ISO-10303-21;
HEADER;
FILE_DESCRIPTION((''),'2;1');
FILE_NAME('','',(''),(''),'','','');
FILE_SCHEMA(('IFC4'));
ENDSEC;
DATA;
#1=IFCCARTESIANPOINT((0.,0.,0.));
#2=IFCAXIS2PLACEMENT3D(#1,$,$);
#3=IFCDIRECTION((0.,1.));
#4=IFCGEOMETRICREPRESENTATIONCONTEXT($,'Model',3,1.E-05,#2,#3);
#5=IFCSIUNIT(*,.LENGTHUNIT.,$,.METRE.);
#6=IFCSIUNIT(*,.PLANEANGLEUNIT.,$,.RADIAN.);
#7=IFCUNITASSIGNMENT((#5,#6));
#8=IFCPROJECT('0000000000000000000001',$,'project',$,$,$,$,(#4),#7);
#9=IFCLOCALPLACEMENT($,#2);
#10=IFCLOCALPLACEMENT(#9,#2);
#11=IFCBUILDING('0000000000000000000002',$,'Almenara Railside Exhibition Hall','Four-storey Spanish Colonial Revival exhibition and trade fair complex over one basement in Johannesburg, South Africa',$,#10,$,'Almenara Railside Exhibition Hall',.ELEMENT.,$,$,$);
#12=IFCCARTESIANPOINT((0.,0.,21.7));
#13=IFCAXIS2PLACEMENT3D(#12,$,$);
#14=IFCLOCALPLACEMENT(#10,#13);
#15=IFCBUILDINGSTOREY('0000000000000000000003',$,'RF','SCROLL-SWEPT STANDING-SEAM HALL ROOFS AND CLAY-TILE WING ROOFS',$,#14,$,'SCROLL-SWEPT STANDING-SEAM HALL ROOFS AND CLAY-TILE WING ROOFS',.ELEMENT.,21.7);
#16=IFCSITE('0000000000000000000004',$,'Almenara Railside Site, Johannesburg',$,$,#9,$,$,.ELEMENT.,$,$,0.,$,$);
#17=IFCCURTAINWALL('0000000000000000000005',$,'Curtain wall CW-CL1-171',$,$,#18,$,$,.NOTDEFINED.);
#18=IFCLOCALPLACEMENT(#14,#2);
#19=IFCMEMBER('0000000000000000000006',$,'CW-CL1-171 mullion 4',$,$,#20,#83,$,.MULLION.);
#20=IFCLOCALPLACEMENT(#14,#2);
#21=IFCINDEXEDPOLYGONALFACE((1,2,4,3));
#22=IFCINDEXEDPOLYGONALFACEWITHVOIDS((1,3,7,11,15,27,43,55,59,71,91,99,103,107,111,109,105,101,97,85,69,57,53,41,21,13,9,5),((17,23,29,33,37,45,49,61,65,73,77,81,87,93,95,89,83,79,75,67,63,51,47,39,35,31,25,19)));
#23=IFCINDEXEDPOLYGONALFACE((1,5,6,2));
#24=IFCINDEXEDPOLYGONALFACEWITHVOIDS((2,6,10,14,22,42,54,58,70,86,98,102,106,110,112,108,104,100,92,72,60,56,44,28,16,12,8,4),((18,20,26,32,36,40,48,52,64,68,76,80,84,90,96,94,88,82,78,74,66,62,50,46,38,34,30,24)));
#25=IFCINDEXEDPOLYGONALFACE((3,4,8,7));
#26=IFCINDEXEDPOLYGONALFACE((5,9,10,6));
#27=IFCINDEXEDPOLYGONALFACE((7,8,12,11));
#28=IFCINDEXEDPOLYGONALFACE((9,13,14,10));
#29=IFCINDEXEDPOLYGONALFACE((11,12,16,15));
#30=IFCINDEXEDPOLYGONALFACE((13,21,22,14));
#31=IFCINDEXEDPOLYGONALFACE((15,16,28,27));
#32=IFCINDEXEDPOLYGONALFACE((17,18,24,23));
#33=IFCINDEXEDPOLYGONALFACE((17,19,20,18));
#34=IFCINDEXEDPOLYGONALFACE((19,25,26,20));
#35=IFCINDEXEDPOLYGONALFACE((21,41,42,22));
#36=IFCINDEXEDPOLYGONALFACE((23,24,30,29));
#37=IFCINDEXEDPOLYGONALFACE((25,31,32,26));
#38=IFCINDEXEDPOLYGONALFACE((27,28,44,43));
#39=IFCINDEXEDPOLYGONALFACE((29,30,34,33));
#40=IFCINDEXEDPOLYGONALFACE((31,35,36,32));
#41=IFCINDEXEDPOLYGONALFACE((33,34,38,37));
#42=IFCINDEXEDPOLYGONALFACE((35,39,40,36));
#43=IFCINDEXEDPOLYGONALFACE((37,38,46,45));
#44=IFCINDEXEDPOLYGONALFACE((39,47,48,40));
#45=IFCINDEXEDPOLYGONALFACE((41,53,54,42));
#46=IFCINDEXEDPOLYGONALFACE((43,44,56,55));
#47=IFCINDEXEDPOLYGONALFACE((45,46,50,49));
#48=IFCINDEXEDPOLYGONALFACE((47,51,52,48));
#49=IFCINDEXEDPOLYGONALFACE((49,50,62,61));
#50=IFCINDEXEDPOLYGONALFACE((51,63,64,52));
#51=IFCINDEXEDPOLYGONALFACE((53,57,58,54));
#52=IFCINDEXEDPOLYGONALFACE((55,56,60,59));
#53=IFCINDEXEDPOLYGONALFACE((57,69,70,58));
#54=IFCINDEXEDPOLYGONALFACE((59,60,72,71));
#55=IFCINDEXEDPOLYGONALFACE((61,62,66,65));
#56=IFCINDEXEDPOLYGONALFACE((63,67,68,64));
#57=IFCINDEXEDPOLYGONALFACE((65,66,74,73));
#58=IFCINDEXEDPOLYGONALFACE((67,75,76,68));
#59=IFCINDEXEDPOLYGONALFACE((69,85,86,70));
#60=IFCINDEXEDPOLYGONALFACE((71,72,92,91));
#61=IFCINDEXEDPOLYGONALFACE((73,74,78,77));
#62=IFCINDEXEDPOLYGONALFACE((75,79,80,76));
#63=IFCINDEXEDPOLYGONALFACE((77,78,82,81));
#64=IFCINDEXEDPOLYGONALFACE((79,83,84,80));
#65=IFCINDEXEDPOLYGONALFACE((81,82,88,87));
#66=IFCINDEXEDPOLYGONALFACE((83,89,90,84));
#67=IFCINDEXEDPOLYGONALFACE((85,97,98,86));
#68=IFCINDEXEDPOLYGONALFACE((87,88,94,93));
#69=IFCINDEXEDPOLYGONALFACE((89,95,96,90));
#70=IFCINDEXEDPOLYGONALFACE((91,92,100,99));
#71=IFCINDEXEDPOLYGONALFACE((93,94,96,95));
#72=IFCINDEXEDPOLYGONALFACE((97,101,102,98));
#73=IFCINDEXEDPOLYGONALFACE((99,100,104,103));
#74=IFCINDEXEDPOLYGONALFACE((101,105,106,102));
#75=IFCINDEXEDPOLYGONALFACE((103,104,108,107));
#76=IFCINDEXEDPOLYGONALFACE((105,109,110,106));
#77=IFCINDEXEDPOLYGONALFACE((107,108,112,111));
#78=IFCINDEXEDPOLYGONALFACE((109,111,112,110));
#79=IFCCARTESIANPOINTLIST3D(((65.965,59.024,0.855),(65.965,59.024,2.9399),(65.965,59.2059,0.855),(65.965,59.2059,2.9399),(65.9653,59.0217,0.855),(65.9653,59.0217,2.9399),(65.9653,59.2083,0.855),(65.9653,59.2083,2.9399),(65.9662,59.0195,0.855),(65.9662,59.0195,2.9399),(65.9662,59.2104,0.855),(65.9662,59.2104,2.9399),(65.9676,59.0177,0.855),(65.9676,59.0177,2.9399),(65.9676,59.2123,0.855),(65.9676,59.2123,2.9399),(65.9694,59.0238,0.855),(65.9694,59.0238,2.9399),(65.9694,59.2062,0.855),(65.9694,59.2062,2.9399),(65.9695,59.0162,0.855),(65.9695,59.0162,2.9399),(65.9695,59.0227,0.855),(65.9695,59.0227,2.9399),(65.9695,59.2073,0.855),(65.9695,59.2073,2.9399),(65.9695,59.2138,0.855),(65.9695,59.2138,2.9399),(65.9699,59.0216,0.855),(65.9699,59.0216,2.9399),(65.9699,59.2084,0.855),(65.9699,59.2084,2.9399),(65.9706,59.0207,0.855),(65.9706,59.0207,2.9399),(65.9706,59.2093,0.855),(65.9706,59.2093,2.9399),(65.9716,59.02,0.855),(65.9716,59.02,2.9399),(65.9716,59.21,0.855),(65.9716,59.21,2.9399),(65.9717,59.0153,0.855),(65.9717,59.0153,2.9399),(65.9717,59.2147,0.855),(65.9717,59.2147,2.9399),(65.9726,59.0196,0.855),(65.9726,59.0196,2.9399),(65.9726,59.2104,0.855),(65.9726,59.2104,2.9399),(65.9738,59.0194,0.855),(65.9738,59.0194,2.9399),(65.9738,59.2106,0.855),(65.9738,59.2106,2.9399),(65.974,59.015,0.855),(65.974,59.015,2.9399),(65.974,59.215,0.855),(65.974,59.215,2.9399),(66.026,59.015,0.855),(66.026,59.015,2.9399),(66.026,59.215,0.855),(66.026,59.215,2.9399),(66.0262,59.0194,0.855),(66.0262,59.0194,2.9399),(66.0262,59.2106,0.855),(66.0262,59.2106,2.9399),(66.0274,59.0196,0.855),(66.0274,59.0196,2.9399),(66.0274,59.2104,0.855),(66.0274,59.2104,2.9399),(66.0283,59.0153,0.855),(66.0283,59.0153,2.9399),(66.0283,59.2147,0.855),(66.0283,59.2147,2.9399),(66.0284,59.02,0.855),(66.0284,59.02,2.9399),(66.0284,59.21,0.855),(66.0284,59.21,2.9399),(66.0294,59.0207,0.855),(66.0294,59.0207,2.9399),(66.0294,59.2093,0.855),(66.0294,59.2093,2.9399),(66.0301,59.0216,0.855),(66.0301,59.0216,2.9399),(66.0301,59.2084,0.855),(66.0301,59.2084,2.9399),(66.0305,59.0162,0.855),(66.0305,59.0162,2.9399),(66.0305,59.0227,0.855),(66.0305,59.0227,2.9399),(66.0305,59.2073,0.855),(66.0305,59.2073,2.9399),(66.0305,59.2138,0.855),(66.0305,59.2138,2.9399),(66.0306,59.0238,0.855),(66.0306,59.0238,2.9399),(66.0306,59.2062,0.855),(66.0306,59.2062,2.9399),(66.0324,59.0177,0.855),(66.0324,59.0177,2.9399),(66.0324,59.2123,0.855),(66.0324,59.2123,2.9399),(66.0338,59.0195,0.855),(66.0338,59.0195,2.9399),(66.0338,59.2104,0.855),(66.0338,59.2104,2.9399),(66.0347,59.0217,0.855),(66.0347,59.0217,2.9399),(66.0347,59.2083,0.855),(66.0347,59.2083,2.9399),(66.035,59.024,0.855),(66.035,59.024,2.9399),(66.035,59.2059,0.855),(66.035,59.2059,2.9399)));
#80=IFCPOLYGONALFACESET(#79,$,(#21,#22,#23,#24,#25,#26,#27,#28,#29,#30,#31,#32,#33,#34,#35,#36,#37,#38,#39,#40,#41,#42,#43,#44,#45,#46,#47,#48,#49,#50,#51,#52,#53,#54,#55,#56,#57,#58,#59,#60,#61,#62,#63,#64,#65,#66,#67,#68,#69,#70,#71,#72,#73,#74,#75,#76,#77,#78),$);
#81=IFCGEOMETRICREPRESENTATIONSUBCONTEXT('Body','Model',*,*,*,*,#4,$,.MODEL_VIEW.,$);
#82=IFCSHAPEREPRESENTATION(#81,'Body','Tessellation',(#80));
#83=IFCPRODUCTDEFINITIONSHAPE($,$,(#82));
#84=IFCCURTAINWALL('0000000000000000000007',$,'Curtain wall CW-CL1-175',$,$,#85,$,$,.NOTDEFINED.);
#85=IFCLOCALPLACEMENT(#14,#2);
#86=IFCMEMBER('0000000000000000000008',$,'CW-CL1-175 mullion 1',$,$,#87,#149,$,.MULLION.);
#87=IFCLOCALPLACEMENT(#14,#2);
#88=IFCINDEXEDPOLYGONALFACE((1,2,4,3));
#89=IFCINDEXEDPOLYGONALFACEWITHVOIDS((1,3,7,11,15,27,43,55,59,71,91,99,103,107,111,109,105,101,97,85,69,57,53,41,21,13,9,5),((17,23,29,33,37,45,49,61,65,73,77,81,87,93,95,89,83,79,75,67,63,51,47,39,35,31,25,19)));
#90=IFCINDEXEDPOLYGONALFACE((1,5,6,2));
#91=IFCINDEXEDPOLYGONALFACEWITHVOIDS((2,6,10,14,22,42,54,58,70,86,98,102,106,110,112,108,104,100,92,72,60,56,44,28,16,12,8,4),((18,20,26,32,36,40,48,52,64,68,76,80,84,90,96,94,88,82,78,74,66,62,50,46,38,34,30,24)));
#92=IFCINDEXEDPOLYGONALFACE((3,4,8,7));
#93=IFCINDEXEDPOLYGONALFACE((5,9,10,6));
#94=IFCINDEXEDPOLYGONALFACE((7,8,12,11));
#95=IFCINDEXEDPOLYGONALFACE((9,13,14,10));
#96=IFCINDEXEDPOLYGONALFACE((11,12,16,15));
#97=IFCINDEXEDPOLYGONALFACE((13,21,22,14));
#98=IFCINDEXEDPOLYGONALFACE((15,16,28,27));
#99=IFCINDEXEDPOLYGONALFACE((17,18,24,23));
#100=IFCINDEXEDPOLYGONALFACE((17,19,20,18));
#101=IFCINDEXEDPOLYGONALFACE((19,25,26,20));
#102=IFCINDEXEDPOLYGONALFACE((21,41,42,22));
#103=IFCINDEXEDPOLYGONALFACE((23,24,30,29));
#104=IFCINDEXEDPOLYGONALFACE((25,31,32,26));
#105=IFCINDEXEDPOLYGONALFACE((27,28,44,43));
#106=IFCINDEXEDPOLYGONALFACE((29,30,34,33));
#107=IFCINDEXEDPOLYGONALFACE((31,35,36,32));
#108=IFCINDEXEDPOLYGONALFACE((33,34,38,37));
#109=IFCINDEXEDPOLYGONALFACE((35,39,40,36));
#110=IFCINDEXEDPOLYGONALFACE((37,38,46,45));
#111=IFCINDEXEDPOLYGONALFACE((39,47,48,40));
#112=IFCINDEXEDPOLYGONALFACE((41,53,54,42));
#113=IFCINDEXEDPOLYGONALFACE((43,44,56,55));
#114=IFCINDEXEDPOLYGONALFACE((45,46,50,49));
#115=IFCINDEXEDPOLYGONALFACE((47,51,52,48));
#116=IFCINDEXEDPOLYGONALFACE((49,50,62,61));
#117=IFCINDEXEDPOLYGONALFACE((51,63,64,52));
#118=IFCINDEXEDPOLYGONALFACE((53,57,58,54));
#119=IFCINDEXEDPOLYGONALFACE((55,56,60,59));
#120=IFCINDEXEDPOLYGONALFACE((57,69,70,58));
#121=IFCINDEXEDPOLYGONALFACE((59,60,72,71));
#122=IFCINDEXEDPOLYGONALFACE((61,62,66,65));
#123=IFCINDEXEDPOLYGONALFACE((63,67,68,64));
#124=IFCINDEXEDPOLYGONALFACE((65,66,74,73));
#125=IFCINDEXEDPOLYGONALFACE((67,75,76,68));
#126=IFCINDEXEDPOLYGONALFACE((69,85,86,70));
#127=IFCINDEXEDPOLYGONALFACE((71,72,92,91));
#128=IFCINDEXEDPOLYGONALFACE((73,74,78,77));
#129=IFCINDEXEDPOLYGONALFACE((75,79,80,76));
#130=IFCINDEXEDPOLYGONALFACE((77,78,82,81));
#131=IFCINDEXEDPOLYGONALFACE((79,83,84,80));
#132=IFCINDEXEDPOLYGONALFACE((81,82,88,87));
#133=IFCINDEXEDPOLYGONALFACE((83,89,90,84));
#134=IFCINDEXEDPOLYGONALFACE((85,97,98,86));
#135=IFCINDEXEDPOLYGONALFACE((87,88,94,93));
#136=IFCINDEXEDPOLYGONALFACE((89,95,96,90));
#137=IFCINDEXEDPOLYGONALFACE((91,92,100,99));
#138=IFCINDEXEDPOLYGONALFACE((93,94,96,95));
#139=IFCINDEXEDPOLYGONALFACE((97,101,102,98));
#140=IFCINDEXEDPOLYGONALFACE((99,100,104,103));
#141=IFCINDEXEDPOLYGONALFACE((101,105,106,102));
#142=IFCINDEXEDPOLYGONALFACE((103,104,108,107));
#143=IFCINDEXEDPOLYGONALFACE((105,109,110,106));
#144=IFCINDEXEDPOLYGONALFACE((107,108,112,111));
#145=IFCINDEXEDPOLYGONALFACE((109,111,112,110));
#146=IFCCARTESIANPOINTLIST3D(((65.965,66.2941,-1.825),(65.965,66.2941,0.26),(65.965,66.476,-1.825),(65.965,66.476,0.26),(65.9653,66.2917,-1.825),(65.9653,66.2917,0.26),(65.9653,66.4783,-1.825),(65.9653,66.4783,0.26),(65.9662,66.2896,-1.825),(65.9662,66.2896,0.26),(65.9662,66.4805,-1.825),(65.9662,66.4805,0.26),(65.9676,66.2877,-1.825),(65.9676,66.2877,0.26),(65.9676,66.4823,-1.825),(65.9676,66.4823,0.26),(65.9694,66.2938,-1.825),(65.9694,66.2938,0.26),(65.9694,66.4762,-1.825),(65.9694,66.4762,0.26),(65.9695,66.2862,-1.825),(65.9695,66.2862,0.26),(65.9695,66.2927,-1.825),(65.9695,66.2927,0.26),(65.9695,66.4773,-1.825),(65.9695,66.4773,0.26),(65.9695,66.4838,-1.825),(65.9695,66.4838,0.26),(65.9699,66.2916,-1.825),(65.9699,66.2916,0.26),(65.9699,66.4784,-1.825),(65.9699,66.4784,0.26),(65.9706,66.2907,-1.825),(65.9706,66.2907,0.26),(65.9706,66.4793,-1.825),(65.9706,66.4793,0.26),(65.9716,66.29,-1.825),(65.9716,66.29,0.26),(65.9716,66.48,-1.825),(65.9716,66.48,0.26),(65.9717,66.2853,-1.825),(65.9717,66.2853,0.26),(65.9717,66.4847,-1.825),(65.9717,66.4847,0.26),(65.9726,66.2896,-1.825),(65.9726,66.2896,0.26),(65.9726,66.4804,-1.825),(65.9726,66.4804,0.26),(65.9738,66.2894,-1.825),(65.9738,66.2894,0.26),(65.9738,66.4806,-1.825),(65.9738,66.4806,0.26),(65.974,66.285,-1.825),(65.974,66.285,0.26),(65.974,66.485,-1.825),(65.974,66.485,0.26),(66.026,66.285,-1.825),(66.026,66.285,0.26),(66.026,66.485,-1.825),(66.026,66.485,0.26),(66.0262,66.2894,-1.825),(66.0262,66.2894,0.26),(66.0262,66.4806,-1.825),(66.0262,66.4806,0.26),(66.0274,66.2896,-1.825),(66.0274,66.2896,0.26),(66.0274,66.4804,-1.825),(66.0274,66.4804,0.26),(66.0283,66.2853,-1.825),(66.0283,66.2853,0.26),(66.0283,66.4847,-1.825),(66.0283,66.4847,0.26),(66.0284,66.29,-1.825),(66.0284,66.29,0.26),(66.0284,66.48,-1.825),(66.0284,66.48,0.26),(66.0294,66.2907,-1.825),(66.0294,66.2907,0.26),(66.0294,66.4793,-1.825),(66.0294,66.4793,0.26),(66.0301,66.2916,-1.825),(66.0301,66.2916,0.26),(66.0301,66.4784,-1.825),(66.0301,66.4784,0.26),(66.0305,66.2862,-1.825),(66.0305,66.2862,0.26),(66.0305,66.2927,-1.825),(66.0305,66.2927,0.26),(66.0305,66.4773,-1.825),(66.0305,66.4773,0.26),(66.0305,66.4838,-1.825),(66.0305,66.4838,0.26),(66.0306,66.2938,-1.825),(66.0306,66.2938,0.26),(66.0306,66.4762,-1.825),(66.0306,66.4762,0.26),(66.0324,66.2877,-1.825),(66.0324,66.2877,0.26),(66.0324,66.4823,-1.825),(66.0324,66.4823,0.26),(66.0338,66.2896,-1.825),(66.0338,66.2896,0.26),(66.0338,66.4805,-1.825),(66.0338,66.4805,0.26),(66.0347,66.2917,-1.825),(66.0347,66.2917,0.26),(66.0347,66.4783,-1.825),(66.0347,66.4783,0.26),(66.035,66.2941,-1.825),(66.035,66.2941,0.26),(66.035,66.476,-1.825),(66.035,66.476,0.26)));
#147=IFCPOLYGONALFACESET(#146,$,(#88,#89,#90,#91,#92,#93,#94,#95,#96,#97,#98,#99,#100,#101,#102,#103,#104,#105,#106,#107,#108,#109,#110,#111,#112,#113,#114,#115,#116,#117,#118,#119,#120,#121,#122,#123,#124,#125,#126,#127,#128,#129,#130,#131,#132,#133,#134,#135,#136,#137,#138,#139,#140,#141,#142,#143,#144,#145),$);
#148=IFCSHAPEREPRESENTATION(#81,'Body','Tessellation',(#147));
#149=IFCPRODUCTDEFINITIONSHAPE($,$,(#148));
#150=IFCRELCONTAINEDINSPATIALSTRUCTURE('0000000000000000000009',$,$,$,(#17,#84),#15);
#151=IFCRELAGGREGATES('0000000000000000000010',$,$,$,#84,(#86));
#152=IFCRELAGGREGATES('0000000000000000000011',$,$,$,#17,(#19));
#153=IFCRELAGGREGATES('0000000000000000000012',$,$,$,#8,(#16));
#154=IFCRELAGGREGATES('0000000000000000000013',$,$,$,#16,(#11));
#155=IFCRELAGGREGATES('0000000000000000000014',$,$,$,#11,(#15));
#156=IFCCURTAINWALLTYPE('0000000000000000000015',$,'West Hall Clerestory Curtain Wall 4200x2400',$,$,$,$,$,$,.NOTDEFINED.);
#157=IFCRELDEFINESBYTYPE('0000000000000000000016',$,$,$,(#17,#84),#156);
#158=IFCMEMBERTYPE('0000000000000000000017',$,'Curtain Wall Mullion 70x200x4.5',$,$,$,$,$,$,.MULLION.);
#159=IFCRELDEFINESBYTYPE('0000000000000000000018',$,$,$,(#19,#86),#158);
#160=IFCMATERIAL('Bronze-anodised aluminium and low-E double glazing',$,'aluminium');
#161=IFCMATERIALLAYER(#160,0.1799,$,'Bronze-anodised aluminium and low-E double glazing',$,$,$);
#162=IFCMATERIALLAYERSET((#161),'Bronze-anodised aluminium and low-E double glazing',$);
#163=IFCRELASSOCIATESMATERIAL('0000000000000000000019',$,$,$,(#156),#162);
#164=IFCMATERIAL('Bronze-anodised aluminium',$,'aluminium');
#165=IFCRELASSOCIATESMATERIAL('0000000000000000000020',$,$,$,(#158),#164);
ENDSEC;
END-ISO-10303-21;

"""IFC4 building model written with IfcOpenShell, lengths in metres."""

from ifc_helpers import new_model, si_unit, direction, frame, origin, origin_2d, place, context, subcontext, project, spatial, hollow_rectangle, extrude, material, layer, layer_set, material_profile, profile_set, type_object, element, aggregate, save


model = new_model("IFC4")

# Units and contexts
model_context = context("Model", 3, precision=1e-05, world=origin(), true_north=direction((0.0, 1.0)))
body_context = subcontext(model_context, "Body", "Model", "MODEL_VIEW")
ifc_project = project(units=[si_unit("LENGTHUNIT", "METRE"), si_unit("PLANEANGLEUNIT", "RADIAN")], contexts=[model_context])

# Site, building, storey
site_placement = place(None, origin())
site = spatial("IfcSite", under=ifc_project, at=site_placement, Name="Almenara Railside Site, Johannesburg", CompositionType="ELEMENT", RefElevation=0.0)
building_placement = place(site_placement, origin())
building = spatial("IfcBuilding", under=site, at=building_placement, Name="Almenara Railside Exhibition Hall", Description="Four-storey Spanish Colonial Revival exhibition and trade fair complex over one basement in Johannesburg, South Africa", LongName="Almenara Railside Exhibition Hall", CompositionType="ELEMENT")
storey_placement = place(building_placement, frame((0.0, 0.0, 21.7)))
storey = spatial("IfcBuildingStorey", under=building, at=storey_placement, Name="RF", Description="SCROLL-SWEPT STANDING-SEAM HALL ROOFS AND CLAY-TILE WING ROOFS", LongName="SCROLL-SWEPT STANDING-SEAM HALL ROOFS AND CLAY-TILE WING ROOFS", CompositionType="ELEMENT", Elevation=21.7)

# Shared definitions
ifc_material_1 = material(Name="Bronze-anodised aluminium and low-E double glazing", Category="aluminium")
ifc_layer_1 = layer(ifc_material_1, 0.1799, Name="Bronze-anodised aluminium and low-E double glazing")
ifc_layer_set_1 = layer_set([ifc_layer_1], Name="Bronze-anodised aluminium and low-E double glazing")
curtain_wall_type = type_object("IfcCurtainWallType", Name="West Hall Clerestory Curtain Wall 4200x2400", PredefinedType="NOTDEFINED", material=ifc_layer_set_1)
ifc_material_2 = material(Name="Bronze-anodised aluminium", Category="aluminium")

# Curtain walls, members
curtain_wall_1_placement = place(storey_placement, origin())
curtain_wall_1 = element("IfcCurtainWall", 1, at=curtain_wall_1_placement, inside=storey, type_object=curtain_wall_type, Name="Curtain wall CW-CL1-171", PredefinedType="NOTDEFINED")
ifc_material_profile_1 = material_profile(ifc_material_2, hollow_rectangle(XDim=0.0701, YDim=0.2, WallThickness=0.0044, InnerFilletRadius=0.0044, OuterFilletRadius=0.009, at=origin_2d()), Name="ALU-MUL 70x200x4.5")
ifc_profile_set_1 = profile_set([ifc_material_profile_1], Name="Bronze-anodised aluminium")
member_type_1 = type_object("IfcMemberType", Name="Curtain Wall Mullion 70x200x4.5", PredefinedType="MULLION", material=ifc_profile_set_1)
member_1_placement = place(storey_placement, frame((66.0, 59.115, 0.855), z_axis=(0.0, 0.0, 1.0), x_axis=(-1.0, 0.0, 0.0)))
member_1 = element("IfcMember", 2, at=member_1_placement, type_object=member_type_1, Name="CW-CL1-171 mullion 4", PredefinedType="MULLION", context=body_context, shape_type="SweptSolid", body=[
    extrude(hollow_rectangle(XDim=0.0701, YDim=0.2, WallThickness=0.0044, InnerFilletRadius=0.0044, OuterFilletRadius=0.009, at=origin_2d()), origin(), (0.0, 0.0, 1.0), 2.085),
])
curtain_wall_2_placement = place(storey_placement, origin())
curtain_wall_2 = element("IfcCurtainWall", 3, at=curtain_wall_2_placement, inside=storey, type_object=curtain_wall_type, Name="Curtain wall CW-CL1-175", PredefinedType="NOTDEFINED")
member_2_placement = place(storey_placement, frame((66.0, 66.385, -1.825), z_axis=(0.0, 0.0, 1.0), x_axis=(-1.0, 0.0, 0.0)))
member_2 = element("IfcMember", 4, at=member_2_placement, type_object=member_type_1, Name="CW-CL1-175 mullion 1", PredefinedType="MULLION", context=body_context, shape_type="SweptSolid", body=[
    extrude(hollow_rectangle(XDim=0.0701, YDim=0.2, WallThickness=0.0044, InnerFilletRadius=0.0044, OuterFilletRadius=0.009, at=origin_2d()), origin(), (0.0, 0.0, 1.0), 2.085),
])

aggregate(curtain_wall_2, [member_2])
aggregate(curtain_wall_1, [member_1])

save(model, "model.ifc")
